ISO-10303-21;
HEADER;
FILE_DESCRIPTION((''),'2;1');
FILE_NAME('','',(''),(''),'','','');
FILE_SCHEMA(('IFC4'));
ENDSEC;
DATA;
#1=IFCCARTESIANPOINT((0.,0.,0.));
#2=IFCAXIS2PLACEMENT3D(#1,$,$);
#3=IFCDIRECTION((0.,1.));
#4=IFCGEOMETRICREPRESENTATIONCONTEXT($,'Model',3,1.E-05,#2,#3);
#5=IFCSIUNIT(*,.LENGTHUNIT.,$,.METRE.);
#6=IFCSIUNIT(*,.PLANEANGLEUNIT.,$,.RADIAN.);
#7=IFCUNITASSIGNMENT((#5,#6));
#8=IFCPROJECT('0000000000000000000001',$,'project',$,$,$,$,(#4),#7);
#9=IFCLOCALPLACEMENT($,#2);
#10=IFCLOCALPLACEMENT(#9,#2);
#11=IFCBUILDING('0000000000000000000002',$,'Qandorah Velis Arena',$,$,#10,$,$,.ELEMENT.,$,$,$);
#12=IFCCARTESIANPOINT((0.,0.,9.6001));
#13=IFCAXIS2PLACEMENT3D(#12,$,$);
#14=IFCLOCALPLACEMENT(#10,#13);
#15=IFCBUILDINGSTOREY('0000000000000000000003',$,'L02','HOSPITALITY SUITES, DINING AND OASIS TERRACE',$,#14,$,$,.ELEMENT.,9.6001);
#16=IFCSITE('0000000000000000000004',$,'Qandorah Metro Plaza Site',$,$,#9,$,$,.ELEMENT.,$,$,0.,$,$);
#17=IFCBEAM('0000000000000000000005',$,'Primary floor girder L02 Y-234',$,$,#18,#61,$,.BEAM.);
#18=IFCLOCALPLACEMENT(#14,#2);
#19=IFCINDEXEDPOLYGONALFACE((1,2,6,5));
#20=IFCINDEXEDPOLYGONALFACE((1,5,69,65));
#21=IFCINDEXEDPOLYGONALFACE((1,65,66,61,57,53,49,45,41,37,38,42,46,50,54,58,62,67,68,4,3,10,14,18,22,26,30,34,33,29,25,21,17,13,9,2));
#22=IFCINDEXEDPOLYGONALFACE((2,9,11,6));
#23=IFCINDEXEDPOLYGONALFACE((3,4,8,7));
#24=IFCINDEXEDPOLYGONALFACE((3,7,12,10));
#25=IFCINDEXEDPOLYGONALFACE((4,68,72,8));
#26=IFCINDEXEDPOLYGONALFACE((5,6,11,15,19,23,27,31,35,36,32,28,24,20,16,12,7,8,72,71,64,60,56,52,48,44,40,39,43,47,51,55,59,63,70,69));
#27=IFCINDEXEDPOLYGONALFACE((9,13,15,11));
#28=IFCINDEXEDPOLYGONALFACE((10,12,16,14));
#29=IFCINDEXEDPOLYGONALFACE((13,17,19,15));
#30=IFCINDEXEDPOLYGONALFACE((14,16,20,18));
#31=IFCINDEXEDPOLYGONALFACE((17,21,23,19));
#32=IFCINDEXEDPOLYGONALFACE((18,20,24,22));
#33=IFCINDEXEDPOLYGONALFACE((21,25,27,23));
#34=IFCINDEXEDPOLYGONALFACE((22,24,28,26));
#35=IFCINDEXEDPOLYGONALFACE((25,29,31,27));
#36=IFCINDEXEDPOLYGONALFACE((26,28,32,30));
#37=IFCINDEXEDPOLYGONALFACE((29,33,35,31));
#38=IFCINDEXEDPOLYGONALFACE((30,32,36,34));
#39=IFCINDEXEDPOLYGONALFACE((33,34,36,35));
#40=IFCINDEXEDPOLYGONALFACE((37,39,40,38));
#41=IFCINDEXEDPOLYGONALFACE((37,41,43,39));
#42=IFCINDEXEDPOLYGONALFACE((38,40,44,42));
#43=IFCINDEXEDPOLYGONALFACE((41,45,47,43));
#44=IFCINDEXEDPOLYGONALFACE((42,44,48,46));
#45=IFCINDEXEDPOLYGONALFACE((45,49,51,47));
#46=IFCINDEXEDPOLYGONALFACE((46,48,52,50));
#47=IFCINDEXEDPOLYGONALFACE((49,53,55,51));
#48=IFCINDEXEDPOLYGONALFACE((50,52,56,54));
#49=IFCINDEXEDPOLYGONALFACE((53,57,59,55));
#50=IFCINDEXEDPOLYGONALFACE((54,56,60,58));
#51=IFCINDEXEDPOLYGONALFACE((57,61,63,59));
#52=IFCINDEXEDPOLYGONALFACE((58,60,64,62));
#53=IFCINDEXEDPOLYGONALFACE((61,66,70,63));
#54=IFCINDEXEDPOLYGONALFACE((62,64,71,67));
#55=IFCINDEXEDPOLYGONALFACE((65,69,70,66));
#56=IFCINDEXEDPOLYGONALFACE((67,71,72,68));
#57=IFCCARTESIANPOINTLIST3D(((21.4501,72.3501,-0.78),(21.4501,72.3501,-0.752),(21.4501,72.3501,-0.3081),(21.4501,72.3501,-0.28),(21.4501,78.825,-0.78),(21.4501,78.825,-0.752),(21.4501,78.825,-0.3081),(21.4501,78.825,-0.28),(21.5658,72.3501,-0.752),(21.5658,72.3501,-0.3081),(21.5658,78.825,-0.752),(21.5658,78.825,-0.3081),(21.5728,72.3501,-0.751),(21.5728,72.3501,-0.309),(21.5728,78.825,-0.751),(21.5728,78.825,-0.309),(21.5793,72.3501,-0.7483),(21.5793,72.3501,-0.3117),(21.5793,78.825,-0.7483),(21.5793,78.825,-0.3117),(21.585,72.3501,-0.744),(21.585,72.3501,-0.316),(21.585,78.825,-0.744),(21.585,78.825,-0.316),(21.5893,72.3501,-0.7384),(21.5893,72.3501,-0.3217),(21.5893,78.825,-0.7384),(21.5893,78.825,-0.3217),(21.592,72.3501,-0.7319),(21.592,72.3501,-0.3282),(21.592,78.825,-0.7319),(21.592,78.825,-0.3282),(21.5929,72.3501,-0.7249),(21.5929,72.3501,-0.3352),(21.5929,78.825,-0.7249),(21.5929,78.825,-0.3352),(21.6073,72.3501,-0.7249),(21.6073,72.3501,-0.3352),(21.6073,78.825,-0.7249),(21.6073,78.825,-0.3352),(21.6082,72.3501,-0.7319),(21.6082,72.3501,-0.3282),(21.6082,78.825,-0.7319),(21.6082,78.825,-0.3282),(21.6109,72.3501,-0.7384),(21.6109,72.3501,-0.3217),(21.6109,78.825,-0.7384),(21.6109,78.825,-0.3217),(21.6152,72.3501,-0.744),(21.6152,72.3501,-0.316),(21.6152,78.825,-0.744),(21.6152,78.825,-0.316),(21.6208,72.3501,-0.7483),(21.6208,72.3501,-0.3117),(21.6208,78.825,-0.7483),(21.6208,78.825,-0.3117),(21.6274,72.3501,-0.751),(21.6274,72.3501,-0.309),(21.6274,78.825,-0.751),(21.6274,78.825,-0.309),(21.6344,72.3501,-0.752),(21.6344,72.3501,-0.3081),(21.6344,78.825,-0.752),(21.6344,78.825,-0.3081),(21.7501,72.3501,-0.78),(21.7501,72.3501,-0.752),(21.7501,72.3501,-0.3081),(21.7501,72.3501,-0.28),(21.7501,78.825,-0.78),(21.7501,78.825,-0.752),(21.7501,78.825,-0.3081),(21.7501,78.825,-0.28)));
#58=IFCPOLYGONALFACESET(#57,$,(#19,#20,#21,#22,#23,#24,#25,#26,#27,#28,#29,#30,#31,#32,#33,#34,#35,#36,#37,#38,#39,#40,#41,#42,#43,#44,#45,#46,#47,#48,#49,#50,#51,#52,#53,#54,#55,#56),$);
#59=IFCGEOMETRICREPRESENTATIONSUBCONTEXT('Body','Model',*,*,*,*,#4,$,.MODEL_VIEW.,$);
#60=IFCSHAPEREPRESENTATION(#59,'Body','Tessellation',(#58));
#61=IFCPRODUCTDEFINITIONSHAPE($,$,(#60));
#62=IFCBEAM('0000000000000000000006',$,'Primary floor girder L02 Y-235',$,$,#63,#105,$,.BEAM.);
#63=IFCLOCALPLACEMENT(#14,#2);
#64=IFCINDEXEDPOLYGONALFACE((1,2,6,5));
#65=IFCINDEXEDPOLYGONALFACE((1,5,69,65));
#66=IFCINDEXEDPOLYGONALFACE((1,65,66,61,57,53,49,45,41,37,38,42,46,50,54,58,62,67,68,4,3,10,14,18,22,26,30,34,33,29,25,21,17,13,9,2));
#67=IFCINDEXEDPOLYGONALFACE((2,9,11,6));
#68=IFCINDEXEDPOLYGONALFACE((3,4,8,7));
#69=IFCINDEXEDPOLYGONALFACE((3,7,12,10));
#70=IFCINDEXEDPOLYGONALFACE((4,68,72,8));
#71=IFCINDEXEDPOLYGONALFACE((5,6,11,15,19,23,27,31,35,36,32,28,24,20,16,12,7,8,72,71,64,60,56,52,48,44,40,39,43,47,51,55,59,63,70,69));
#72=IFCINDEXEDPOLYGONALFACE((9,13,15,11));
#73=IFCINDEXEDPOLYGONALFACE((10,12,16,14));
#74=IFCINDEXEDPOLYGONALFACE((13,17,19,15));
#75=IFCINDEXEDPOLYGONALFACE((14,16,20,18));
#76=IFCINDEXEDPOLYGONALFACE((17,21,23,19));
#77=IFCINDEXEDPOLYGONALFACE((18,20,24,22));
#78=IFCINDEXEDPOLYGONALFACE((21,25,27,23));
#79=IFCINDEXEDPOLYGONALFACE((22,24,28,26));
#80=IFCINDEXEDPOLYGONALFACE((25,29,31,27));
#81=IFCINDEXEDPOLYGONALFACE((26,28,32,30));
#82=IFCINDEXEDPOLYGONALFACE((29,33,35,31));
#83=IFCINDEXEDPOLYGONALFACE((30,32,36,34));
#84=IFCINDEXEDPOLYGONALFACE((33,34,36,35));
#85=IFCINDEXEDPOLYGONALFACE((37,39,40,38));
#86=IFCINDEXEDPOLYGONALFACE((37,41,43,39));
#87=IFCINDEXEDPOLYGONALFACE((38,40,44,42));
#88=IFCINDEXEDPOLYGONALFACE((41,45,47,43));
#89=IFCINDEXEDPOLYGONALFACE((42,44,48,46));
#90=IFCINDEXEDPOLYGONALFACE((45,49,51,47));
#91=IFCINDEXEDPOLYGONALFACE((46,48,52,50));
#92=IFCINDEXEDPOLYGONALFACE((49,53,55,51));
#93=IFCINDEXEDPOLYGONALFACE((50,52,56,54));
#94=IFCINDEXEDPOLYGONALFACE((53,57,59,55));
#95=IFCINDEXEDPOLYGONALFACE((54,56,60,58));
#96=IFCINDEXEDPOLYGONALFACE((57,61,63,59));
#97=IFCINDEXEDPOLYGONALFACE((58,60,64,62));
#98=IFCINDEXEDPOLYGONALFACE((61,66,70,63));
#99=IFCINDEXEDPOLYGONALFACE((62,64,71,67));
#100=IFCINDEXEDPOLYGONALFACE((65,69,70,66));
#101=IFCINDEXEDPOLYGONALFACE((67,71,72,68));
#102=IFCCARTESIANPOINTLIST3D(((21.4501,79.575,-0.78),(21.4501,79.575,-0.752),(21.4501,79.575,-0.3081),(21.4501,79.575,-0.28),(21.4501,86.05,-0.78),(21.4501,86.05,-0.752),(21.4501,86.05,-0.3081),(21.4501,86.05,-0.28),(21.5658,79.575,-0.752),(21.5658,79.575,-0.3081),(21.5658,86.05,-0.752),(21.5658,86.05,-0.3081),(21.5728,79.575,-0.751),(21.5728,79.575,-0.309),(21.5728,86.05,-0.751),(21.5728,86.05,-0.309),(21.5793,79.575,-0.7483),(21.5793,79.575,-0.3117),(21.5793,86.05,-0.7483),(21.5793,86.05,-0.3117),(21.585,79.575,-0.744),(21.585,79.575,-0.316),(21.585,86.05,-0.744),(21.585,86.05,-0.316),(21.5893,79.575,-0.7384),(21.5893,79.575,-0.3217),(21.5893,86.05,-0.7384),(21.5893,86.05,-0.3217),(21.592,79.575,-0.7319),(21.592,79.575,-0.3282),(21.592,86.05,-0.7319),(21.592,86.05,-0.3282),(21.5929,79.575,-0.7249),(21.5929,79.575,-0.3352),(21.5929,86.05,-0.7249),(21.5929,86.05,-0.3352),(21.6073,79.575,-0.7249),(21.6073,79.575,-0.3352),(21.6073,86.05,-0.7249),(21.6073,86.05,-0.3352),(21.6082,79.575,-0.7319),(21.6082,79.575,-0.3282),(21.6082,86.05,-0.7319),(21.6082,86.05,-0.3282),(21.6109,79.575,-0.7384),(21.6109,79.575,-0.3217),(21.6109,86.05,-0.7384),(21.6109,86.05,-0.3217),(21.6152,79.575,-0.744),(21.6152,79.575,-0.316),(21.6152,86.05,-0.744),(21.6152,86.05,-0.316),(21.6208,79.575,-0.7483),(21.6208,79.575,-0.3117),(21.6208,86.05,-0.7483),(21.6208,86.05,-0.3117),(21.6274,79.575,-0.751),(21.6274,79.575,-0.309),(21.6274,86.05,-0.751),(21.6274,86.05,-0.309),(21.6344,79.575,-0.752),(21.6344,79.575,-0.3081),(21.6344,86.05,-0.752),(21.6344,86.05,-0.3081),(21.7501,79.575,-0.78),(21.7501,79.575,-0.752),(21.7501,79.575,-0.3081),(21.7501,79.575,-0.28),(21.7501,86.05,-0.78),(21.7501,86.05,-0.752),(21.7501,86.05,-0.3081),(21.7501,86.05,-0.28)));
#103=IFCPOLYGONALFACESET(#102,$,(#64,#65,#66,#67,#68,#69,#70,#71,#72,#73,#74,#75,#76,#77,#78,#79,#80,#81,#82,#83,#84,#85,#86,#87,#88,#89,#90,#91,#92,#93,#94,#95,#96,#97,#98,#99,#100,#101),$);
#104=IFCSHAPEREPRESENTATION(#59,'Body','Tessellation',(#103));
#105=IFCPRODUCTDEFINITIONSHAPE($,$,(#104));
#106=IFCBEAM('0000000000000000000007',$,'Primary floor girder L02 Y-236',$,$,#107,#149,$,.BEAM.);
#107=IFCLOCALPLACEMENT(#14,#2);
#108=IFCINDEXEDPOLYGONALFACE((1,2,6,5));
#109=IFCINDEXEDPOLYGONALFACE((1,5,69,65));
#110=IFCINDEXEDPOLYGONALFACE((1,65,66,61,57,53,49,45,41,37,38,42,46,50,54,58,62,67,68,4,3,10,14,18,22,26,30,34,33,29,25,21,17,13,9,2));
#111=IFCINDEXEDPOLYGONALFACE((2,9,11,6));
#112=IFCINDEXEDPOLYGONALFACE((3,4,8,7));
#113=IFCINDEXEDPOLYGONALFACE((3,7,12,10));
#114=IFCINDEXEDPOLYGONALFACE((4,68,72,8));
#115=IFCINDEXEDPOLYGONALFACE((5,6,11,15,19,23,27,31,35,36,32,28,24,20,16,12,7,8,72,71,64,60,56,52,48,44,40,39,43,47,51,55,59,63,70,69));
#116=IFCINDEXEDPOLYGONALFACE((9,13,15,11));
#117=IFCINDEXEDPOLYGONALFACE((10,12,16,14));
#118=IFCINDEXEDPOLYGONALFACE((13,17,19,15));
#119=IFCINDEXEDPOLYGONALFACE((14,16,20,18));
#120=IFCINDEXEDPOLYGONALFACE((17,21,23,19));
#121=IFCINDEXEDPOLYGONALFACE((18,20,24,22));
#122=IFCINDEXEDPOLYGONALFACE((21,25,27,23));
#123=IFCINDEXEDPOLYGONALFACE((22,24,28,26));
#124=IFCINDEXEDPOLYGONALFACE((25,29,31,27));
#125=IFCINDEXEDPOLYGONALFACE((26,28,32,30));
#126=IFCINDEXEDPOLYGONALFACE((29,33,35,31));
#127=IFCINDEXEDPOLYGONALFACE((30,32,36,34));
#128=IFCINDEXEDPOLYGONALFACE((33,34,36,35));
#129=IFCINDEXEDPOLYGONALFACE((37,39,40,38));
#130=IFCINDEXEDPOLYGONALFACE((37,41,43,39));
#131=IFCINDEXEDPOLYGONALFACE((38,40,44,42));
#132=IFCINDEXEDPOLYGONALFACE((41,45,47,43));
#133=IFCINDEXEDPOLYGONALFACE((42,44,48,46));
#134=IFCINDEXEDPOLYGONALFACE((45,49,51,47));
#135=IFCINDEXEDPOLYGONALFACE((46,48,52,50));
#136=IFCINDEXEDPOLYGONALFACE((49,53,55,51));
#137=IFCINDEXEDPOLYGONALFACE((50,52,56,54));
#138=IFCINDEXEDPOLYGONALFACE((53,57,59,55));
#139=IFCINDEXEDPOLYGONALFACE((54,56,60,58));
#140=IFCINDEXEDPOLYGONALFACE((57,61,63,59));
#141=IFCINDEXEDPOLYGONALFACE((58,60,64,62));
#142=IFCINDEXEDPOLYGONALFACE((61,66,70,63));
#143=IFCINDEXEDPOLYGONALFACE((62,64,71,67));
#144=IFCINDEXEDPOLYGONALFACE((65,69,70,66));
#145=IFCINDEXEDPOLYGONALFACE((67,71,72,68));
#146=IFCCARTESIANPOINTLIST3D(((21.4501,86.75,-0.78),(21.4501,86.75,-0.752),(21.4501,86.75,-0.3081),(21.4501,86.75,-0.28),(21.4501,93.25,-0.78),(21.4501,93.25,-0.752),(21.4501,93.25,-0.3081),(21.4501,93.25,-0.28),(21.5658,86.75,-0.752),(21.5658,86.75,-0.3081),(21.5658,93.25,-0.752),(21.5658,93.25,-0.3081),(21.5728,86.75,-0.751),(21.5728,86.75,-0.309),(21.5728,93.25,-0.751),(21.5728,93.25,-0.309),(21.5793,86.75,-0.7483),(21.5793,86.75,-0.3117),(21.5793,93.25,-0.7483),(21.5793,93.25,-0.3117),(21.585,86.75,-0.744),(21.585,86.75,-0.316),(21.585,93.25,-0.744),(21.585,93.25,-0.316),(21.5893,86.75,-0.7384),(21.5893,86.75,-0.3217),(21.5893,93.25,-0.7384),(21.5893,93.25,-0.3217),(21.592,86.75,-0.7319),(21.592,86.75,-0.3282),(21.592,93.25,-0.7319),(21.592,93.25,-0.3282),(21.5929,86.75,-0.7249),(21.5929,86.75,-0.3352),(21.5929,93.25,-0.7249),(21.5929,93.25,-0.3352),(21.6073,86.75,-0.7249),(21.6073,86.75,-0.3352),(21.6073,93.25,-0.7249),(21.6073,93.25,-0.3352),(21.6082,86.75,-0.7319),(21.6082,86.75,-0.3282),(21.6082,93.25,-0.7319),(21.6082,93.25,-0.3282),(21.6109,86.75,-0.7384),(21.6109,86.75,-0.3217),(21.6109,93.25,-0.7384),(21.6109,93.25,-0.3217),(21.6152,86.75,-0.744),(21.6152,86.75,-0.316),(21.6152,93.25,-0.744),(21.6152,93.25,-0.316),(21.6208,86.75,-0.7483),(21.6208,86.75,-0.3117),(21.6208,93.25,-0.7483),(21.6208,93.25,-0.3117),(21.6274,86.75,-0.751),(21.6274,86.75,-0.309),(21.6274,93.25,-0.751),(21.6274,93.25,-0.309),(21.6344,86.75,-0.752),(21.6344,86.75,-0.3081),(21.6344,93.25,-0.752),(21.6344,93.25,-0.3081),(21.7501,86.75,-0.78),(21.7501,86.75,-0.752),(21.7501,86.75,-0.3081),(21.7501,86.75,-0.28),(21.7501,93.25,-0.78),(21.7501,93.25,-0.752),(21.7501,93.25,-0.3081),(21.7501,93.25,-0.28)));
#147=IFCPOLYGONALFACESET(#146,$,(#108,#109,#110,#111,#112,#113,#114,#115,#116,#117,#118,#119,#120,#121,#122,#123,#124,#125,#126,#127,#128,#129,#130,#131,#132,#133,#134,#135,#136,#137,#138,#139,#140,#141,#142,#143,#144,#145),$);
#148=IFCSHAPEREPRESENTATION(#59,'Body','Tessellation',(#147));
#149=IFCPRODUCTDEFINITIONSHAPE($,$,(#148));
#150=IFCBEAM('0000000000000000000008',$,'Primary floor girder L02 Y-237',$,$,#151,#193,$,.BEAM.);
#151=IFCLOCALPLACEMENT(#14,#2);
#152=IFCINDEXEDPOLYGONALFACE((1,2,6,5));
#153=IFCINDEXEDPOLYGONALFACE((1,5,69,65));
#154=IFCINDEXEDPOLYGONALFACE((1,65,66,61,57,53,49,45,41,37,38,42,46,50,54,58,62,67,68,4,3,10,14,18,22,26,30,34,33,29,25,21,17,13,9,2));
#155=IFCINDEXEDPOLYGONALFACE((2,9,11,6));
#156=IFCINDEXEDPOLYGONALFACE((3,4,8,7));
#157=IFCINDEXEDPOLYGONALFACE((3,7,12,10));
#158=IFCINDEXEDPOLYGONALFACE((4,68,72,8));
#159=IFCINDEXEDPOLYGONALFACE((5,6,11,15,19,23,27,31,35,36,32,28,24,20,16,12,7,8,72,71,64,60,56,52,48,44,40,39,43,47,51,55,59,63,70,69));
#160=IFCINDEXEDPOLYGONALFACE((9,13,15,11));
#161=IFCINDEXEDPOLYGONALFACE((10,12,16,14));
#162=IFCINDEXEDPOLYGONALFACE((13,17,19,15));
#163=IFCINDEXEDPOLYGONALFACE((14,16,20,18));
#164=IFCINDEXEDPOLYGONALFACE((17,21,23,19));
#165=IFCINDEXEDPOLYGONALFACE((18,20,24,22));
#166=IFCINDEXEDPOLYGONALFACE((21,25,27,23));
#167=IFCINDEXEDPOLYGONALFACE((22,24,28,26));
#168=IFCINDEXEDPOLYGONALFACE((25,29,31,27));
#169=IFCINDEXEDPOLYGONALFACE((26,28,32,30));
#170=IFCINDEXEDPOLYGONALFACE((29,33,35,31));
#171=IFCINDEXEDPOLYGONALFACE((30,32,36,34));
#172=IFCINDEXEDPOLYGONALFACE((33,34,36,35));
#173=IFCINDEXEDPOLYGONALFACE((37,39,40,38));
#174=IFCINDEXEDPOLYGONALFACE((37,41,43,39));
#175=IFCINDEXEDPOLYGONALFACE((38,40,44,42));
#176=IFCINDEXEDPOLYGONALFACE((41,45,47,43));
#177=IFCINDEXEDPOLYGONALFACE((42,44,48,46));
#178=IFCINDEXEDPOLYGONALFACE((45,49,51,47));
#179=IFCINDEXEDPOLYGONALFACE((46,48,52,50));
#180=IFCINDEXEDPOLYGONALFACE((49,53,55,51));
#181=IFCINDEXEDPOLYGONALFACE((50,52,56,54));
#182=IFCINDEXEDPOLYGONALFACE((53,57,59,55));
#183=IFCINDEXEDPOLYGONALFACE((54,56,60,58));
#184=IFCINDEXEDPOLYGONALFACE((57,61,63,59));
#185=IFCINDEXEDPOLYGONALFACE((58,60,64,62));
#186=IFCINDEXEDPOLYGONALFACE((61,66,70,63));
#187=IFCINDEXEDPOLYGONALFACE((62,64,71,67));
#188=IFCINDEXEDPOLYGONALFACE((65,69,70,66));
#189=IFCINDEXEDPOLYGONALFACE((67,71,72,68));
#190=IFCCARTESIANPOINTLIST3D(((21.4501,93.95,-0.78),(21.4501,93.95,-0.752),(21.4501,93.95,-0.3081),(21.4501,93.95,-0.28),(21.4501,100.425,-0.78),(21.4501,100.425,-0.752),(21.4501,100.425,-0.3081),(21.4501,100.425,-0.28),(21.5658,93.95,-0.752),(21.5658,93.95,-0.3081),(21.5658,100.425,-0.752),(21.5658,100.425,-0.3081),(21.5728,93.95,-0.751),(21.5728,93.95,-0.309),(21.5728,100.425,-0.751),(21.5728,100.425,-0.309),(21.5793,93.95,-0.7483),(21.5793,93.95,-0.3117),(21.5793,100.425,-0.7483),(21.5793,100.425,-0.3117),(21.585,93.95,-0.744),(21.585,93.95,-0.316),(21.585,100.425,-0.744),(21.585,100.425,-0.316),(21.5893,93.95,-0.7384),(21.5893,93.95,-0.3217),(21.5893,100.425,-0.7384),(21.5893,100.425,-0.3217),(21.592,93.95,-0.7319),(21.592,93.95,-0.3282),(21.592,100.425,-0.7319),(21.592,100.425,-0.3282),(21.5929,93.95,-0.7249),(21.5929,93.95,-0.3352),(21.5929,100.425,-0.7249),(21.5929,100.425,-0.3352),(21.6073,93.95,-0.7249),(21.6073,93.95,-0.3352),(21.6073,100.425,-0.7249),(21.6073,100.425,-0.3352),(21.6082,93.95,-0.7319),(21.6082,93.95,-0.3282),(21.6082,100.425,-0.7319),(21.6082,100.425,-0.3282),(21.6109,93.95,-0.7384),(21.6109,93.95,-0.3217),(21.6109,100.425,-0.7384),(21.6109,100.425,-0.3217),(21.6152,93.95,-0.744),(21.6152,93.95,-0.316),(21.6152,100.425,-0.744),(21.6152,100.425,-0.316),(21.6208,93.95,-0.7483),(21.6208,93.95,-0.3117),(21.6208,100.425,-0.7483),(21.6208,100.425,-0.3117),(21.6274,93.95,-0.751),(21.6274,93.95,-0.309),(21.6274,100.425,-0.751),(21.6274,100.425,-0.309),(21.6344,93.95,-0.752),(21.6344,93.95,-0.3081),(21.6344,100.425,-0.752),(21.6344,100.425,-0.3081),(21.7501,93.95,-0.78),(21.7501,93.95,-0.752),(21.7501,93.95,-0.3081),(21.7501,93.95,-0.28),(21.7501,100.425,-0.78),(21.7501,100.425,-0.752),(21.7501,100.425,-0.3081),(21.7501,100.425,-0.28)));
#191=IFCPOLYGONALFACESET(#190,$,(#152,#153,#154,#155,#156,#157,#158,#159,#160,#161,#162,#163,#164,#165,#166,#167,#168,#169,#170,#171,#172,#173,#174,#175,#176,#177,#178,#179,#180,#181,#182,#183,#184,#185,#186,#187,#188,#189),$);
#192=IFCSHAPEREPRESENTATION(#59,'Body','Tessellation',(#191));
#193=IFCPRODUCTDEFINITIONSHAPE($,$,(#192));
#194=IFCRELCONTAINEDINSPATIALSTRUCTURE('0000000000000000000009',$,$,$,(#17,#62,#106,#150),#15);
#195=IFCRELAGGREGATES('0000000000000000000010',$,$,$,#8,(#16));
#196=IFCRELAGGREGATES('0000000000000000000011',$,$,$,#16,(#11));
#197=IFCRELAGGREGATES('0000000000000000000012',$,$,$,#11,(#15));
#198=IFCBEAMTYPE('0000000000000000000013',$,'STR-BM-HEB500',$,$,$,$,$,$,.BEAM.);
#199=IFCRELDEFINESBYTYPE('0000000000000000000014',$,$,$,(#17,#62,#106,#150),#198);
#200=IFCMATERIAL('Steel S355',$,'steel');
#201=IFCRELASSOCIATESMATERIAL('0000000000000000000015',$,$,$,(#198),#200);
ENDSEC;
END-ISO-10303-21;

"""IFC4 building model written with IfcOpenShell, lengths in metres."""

from ifc_helpers import new_model, si_unit, direction, frame, origin, origin_2d, place, context, subcontext, project, spatial, i_section, extrude, material, material_profile, profile_set, type_object, element, save


model = new_model("IFC4")

# Units and contexts
model_context = context("Model", 3, precision=1e-05, world=origin(), true_north=direction((0.0, 1.0)))
body_context = subcontext(model_context, "Body", "Model", "MODEL_VIEW")
ifc_project = project(units=[si_unit("LENGTHUNIT", "METRE"), si_unit("PLANEANGLEUNIT", "RADIAN")], contexts=[model_context])

# Site, building, storey
site_placement = place(None, origin())
site = spatial("IfcSite", under=ifc_project, at=site_placement, Name="Qandorah Metro Plaza Site", CompositionType="ELEMENT", RefElevation=0.0)
building_placement = place(site_placement, origin())
building = spatial("IfcBuilding", under=site, at=building_placement, Name="Qandorah Velis Arena", CompositionType="ELEMENT")
storey_placement = place(building_placement, frame((0.0, 0.0, 9.6001)))
storey = spatial("IfcBuildingStorey", under=building, at=storey_placement, Name="L02", Description="HOSPITALITY SUITES, DINING AND OASIS TERRACE", CompositionType="ELEMENT", Elevation=9.6001)

# Shared definitions
ifc_material_1 = material(Name="Steel S355", Category="steel")

# Beams
ifc_material_profile_1 = material_profile(ifc_material_1, i_section(OverallWidth=0.3, OverallDepth=0.5, WebThickness=0.0144, FlangeThickness=0.0281, FilletRadius=0.0271, at=origin_2d()), Name="HEB 500")
ifc_profile_set_1 = profile_set([ifc_material_profile_1], Name="Steel S355")
beam_type_1 = type_object("IfcBeamType", Name="STR-BM-HEB500", PredefinedType="BEAM", material=ifc_profile_set_1)
beam_1_placement = place(storey_placement, frame((21.6001, 72.3501, -0.53), z_axis=(0.0, 1.0, 0.0), x_axis=(-1.0, 0.0, 0.0)))
element("IfcBeam", 1, at=beam_1_placement, inside=storey, type_object=beam_type_1, Name="Primary floor girder L02 Y-234", PredefinedType="BEAM", context=body_context, shape_type="SweptSolid", body=[
    extrude(i_section(OverallWidth=0.3, OverallDepth=0.5, WebThickness=0.0144, FlangeThickness=0.0281, FilletRadius=0.0271, at=origin_2d()), origin(), (0.0, 0.0, 1.0), 6.4749),
])
beam_2_placement = place(storey_placement, frame((21.6001, 79.575, -0.53), z_axis=(0.0, 1.0, 0.0), x_axis=(-1.0, 0.0, 0.0)))
element("IfcBeam", 2, at=beam_2_placement, inside=storey, type_object=beam_type_1, Name="Primary floor girder L02 Y-235", PredefinedType="BEAM", context=body_context, shape_type="SweptSolid", body=[
    extrude(i_section(OverallWidth=0.3, OverallDepth=0.5, WebThickness=0.0144, FlangeThickness=0.0281, FilletRadius=0.0271, at=origin_2d()), origin(), (0.0, 0.0, 1.0), 6.4751),
])
beam_3_placement = place(storey_placement, frame((21.6001, 86.75, -0.53), z_axis=(0.0, 1.0, 0.0), x_axis=(-1.0, 0.0, 0.0)))
element("IfcBeam", 3, at=beam_3_placement, inside=storey, type_object=beam_type_1, Name="Primary floor girder L02 Y-236", PredefinedType="BEAM", context=body_context, shape_type="SweptSolid", body=[
    extrude(i_section(OverallWidth=0.3, OverallDepth=0.5, WebThickness=0.0144, FlangeThickness=0.0281, FilletRadius=0.0271, at=origin_2d()), origin(), (0.0, 0.0, 1.0), 6.5),
])
beam_4_placement = place(storey_placement, frame((21.6001, 93.95, -0.53), z_axis=(0.0, 1.0, 0.0), x_axis=(-1.0, 0.0, 0.0)))
element("IfcBeam", 4, at=beam_4_placement, inside=storey, type_object=beam_type_1, Name="Primary floor girder L02 Y-237", PredefinedType="BEAM", context=body_context, shape_type="SweptSolid", body=[
    extrude(i_section(OverallWidth=0.3, OverallDepth=0.5, WebThickness=0.0144, FlangeThickness=0.0281, FilletRadius=0.0271, at=origin_2d()), origin(), (0.0, 0.0, 1.0), 6.4751),
])

save(model, "model.ifc")
